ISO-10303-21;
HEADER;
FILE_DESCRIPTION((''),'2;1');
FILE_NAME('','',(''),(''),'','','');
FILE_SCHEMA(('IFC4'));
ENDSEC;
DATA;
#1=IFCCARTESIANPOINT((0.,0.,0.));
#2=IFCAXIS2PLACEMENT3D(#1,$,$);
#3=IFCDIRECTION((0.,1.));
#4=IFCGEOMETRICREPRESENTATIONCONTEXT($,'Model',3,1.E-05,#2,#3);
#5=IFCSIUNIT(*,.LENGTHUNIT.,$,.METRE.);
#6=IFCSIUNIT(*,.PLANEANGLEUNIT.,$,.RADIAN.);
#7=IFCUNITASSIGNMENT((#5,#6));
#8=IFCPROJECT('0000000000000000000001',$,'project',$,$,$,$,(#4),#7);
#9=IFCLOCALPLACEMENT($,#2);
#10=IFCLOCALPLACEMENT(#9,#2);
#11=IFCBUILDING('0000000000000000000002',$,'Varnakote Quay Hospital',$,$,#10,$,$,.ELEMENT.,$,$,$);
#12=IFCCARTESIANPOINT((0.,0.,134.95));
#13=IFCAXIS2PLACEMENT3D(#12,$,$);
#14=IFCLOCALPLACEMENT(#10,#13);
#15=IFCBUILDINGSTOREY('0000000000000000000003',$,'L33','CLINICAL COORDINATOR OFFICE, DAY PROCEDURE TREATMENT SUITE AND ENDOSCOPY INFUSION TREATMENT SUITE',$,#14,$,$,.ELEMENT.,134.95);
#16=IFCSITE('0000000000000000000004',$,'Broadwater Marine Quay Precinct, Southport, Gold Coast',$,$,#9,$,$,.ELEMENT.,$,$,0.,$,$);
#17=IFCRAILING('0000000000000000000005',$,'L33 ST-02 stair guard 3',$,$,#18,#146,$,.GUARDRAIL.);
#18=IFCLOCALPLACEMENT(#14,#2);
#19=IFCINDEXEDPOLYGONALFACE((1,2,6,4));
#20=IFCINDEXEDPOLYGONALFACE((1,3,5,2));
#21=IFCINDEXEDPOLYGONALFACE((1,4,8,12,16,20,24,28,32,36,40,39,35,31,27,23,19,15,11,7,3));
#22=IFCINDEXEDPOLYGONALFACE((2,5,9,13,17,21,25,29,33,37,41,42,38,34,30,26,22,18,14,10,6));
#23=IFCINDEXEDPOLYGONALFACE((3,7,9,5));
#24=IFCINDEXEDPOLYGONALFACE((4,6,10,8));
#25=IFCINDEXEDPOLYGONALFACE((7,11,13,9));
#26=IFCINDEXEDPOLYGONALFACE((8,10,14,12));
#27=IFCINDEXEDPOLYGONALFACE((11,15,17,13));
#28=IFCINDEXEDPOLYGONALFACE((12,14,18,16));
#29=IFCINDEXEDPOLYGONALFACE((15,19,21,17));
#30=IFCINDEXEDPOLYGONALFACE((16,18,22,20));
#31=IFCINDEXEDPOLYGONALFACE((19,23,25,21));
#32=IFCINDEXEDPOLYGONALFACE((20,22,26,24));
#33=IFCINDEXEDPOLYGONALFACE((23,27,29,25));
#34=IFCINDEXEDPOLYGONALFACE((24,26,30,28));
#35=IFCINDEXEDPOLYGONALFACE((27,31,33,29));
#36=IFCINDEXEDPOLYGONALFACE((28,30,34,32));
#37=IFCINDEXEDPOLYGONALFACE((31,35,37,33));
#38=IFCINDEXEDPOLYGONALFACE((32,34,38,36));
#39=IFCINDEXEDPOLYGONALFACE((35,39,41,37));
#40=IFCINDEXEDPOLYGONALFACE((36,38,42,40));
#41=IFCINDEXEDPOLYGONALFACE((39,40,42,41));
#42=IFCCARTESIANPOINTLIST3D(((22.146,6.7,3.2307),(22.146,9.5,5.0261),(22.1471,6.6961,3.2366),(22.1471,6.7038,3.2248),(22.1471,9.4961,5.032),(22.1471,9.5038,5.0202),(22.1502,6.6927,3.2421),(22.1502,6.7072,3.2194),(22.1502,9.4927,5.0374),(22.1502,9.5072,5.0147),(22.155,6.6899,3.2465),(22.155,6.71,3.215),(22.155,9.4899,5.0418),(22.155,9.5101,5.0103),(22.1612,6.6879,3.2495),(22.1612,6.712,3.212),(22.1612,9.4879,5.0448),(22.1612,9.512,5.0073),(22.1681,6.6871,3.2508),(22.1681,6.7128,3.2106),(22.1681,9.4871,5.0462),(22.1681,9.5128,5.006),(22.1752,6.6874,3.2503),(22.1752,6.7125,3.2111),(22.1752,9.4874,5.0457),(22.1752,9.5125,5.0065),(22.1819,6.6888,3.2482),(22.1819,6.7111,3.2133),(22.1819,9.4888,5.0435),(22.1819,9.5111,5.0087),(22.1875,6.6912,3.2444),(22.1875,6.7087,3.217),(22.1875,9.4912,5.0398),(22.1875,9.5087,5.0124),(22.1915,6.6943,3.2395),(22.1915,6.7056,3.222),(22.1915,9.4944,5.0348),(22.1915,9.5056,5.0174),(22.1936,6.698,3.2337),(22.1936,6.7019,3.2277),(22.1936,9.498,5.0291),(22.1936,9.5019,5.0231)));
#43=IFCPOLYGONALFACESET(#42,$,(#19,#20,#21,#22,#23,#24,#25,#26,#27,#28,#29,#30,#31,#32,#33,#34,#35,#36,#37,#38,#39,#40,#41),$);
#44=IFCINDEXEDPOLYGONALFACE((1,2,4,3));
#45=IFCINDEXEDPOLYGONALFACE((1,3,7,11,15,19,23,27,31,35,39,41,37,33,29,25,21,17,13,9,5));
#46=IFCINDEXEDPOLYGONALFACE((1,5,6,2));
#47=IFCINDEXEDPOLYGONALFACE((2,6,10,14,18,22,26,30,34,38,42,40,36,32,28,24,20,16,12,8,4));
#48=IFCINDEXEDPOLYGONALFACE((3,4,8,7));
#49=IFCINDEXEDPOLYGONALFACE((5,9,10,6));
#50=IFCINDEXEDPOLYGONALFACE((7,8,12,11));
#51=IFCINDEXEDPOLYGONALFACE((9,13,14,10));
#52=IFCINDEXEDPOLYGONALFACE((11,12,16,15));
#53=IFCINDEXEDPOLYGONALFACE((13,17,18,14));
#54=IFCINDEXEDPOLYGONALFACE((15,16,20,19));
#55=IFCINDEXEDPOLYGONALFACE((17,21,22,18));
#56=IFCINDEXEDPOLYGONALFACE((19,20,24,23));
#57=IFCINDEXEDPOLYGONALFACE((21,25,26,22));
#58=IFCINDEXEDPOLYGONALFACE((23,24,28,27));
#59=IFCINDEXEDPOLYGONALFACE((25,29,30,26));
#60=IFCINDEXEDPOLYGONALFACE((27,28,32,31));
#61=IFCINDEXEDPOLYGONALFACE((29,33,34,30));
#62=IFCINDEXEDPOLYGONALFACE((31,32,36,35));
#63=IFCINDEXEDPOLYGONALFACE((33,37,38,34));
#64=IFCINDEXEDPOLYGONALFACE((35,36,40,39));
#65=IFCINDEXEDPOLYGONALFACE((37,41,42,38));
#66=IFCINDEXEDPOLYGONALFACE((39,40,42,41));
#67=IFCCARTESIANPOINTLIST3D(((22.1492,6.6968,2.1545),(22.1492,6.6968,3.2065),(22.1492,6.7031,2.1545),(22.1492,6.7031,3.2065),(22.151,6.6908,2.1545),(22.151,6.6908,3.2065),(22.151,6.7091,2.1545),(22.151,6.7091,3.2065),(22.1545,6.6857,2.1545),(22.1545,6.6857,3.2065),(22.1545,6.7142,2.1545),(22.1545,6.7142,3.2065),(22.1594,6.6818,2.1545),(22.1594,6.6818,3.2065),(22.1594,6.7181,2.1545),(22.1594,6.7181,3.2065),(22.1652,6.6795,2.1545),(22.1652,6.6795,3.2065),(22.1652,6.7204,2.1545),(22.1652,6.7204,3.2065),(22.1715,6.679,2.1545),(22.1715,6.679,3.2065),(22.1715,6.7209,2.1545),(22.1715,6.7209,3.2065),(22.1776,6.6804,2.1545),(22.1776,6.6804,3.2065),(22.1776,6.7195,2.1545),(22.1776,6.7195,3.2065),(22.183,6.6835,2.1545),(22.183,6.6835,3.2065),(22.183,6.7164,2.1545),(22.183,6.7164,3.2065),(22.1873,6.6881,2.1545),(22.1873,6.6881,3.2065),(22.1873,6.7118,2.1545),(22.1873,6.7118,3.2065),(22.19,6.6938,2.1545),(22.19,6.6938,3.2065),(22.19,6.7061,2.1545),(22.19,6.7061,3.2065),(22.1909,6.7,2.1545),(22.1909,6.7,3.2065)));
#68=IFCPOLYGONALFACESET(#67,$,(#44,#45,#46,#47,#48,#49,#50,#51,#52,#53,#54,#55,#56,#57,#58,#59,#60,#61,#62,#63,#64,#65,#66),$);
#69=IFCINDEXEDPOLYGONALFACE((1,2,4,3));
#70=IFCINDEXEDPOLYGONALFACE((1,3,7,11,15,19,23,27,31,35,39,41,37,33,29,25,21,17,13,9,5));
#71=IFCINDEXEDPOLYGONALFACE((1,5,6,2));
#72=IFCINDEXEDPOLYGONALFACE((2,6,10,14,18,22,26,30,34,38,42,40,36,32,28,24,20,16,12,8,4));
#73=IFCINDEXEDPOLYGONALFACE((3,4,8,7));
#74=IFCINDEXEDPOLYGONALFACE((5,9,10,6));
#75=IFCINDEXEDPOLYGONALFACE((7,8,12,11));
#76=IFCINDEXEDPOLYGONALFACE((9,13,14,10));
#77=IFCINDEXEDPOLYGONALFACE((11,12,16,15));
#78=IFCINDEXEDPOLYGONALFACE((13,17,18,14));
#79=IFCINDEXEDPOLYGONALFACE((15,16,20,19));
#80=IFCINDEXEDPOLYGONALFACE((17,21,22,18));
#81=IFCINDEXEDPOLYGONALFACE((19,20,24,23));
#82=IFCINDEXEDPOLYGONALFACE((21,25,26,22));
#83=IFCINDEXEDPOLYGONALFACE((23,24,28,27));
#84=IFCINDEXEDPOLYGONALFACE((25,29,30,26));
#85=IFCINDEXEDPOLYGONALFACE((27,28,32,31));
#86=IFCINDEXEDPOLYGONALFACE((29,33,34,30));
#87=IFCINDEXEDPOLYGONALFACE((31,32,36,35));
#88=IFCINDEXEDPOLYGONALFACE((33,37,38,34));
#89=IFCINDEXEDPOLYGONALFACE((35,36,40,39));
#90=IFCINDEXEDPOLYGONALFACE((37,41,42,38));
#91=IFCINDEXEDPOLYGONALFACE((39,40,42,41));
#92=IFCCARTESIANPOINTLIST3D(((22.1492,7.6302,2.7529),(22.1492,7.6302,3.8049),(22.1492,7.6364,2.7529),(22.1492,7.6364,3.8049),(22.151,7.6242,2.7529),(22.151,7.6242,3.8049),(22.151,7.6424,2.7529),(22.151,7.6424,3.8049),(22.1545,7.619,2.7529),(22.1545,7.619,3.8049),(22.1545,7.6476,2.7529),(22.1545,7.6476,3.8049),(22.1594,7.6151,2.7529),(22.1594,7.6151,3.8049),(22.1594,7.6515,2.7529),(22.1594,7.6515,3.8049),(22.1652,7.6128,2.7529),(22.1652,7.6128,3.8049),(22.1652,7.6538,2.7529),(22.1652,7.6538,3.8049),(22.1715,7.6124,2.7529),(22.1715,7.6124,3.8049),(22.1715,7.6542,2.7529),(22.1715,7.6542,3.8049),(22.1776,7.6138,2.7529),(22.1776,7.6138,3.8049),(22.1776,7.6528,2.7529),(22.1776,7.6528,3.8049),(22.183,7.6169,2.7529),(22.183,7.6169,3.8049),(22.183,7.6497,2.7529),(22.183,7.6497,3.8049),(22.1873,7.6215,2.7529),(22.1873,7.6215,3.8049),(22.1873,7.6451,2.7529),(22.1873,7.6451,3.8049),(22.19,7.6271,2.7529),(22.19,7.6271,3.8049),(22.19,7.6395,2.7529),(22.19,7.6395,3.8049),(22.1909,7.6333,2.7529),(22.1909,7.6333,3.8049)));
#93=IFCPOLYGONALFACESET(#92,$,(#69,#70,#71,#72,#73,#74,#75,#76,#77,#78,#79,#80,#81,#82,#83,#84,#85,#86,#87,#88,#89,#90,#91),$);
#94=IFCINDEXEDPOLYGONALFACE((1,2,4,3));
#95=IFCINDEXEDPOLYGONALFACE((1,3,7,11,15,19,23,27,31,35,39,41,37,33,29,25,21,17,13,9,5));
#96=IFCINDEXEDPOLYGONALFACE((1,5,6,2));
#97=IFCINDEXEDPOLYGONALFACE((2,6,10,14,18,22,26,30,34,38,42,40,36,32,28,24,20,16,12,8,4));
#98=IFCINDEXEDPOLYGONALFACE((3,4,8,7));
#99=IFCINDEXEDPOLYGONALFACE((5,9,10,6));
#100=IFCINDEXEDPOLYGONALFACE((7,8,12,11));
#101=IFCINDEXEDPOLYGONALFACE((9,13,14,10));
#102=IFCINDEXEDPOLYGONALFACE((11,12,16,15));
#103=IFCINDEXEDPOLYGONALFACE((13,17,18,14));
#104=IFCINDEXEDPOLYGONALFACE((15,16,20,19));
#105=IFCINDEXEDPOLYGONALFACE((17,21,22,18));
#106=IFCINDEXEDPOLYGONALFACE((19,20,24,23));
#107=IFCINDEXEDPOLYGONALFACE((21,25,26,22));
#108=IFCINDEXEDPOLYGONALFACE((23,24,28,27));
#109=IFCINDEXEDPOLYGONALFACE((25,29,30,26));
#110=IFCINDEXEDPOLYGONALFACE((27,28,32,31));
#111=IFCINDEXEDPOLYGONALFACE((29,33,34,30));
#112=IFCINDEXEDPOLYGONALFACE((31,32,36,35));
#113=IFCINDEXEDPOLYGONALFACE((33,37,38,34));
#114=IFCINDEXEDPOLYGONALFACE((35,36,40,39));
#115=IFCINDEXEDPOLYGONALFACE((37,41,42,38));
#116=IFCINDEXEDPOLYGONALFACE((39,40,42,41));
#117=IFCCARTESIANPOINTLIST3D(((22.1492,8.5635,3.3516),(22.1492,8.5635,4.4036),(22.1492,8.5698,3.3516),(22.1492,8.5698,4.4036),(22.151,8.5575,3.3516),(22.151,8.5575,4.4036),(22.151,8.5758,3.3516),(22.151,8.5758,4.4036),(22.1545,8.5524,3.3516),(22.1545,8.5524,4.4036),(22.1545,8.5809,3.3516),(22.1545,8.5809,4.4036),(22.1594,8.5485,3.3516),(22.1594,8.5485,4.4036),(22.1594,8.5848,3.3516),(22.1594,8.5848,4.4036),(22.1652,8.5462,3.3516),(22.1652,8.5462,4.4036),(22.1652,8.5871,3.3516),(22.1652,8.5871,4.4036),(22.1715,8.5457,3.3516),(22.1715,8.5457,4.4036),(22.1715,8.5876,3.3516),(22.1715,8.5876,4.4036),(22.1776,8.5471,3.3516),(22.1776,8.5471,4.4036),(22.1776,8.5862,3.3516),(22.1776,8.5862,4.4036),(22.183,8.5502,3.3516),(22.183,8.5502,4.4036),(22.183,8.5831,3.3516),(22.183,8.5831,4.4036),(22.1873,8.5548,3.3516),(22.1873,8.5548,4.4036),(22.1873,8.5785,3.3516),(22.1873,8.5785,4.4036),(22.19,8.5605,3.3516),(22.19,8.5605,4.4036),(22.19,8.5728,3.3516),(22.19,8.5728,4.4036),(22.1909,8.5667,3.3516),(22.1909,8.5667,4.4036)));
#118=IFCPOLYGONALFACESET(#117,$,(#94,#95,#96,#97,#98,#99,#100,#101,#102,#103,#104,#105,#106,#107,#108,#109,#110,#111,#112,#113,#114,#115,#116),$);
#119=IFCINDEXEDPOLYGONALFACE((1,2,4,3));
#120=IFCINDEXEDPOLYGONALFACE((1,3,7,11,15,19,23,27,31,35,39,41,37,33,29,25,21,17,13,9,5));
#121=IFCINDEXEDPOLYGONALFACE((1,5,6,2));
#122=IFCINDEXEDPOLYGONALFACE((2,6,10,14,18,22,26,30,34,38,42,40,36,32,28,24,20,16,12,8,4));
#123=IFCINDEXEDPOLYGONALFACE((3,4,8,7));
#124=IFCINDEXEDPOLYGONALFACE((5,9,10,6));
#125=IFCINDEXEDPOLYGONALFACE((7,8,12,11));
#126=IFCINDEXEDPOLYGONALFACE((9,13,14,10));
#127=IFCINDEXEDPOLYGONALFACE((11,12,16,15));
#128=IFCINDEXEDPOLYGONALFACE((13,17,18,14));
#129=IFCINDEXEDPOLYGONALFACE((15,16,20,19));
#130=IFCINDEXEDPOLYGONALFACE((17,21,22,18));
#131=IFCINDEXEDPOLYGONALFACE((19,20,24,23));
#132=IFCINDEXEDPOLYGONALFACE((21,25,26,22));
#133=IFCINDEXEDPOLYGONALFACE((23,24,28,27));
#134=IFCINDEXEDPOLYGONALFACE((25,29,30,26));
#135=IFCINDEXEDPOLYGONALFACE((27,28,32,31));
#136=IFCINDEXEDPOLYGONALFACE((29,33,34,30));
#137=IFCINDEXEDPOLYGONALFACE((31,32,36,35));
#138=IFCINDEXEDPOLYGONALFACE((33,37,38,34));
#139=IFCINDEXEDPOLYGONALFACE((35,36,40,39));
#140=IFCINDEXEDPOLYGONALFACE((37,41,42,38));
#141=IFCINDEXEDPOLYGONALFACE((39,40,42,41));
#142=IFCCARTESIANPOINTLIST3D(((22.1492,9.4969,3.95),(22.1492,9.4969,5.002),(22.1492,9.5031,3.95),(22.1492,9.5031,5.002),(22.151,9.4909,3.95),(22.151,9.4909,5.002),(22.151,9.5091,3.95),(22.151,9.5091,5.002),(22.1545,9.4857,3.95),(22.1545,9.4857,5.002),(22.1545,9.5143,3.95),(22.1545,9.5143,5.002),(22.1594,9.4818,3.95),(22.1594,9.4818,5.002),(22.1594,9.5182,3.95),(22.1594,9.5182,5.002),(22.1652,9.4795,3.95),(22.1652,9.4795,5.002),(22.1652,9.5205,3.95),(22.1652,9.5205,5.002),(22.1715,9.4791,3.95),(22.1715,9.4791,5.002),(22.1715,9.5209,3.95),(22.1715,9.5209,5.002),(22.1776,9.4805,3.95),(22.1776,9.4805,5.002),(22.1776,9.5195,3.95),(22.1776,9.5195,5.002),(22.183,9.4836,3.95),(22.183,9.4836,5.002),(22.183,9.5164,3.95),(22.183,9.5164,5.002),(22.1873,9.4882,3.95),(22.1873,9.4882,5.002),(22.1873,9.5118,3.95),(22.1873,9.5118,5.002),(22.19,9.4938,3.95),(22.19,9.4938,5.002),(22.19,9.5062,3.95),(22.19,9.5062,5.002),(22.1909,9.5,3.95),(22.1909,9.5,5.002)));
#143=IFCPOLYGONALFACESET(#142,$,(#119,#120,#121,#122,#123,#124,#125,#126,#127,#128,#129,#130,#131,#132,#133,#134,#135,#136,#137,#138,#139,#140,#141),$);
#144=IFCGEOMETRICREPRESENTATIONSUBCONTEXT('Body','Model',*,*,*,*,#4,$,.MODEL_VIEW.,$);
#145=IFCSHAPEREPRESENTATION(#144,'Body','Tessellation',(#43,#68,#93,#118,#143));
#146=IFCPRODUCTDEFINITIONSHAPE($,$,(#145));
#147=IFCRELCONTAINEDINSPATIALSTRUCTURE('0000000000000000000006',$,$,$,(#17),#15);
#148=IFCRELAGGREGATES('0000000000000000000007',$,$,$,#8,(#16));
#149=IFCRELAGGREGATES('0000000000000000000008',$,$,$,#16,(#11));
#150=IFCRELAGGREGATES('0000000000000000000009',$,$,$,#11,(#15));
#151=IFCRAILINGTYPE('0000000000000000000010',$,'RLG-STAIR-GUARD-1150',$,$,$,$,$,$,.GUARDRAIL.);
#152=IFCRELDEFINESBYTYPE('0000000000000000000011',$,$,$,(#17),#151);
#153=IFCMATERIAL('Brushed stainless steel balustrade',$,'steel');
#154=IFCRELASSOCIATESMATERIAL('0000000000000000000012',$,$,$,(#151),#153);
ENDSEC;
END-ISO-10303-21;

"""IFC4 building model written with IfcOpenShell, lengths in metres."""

from ifc_helpers import new_model, si_unit, direction, frame, origin, origin_2d, place, context, subcontext, project, spatial, circle, extrude, material, type_object, element, save


model = new_model("IFC4")

# Units and contexts
model_context = context("Model", 3, precision=1e-05, world=origin(), true_north=direction((0.0, 1.0)))
body_context = subcontext(model_context, "Body", "Model", "MODEL_VIEW")
ifc_project = project(units=[si_unit("LENGTHUNIT", "METRE"), si_unit("PLANEANGLEUNIT", "RADIAN")], contexts=[model_context])

# Site, building, storey
site_placement = place(None, origin())
site = spatial("IfcSite", under=ifc_project, at=site_placement, Name="Broadwater Marine Quay Precinct, Southport, Gold Coast", CompositionType="ELEMENT", RefElevation=0.0)
building_placement = place(site_placement, origin())
building = spatial("IfcBuilding", under=site, at=building_placement, Name="Varnakote Quay Hospital", CompositionType="ELEMENT")
storey_placement = place(building_placement, frame((0.0, 0.0, 134.95)))
storey = spatial("IfcBuildingStorey", under=building, at=storey_placement, Name="L33", Description="CLINICAL COORDINATOR OFFICE, DAY PROCEDURE TREATMENT SUITE AND ENDOSCOPY INFUSION TREATMENT SUITE", CompositionType="ELEMENT", Elevation=134.95)

# Railing
ifc_material_1 = material(Name="Brushed stainless steel balustrade", Category="steel")
railing_type_1 = type_object("IfcRailingType", Name="RLG-STAIR-GUARD-1150", PredefinedType="GUARDRAIL", material=ifc_material_1)
railing_1_placement = place(storey_placement, frame((22.1699, 6.7, 2.1545)))
element("IfcRailing", 1, at=railing_1_placement, inside=storey, type_object=railing_type_1, Name="L33 ST-02 stair guard 3", PredefinedType="GUARDRAIL", context=body_context, shape_type="SweptSolid", body=[
    extrude(circle(Radius=0.0239, at=origin_2d()), frame((0.0, 0.0, 1.0762), z_axis=(0.0, 0.84181, 0.539774), x_axis=(-1.0, 0.0, 0.0)), (0.0, 0.0, 1.0), 3.3262),
    extrude(circle(Radius=0.021, at=origin_2d()), origin(), (0.0, 0.0, 1.0), 1.052),
    extrude(circle(Radius=0.021, at=origin_2d()), frame((0.0, 0.9333, 0.5984)), (0.0, 0.0, 1.0), 1.052),
    extrude(circle(Radius=0.021, at=origin_2d()), frame((0.0, 1.8667, 1.197)), (0.0, 0.0, 1.0), 1.052),
    extrude(circle(Radius=0.021, at=origin_2d()), frame((0.0, 2.8, 1.7954)), (0.0, 0.0, 1.0), 1.052),
])

save(model, "model.ifc")
